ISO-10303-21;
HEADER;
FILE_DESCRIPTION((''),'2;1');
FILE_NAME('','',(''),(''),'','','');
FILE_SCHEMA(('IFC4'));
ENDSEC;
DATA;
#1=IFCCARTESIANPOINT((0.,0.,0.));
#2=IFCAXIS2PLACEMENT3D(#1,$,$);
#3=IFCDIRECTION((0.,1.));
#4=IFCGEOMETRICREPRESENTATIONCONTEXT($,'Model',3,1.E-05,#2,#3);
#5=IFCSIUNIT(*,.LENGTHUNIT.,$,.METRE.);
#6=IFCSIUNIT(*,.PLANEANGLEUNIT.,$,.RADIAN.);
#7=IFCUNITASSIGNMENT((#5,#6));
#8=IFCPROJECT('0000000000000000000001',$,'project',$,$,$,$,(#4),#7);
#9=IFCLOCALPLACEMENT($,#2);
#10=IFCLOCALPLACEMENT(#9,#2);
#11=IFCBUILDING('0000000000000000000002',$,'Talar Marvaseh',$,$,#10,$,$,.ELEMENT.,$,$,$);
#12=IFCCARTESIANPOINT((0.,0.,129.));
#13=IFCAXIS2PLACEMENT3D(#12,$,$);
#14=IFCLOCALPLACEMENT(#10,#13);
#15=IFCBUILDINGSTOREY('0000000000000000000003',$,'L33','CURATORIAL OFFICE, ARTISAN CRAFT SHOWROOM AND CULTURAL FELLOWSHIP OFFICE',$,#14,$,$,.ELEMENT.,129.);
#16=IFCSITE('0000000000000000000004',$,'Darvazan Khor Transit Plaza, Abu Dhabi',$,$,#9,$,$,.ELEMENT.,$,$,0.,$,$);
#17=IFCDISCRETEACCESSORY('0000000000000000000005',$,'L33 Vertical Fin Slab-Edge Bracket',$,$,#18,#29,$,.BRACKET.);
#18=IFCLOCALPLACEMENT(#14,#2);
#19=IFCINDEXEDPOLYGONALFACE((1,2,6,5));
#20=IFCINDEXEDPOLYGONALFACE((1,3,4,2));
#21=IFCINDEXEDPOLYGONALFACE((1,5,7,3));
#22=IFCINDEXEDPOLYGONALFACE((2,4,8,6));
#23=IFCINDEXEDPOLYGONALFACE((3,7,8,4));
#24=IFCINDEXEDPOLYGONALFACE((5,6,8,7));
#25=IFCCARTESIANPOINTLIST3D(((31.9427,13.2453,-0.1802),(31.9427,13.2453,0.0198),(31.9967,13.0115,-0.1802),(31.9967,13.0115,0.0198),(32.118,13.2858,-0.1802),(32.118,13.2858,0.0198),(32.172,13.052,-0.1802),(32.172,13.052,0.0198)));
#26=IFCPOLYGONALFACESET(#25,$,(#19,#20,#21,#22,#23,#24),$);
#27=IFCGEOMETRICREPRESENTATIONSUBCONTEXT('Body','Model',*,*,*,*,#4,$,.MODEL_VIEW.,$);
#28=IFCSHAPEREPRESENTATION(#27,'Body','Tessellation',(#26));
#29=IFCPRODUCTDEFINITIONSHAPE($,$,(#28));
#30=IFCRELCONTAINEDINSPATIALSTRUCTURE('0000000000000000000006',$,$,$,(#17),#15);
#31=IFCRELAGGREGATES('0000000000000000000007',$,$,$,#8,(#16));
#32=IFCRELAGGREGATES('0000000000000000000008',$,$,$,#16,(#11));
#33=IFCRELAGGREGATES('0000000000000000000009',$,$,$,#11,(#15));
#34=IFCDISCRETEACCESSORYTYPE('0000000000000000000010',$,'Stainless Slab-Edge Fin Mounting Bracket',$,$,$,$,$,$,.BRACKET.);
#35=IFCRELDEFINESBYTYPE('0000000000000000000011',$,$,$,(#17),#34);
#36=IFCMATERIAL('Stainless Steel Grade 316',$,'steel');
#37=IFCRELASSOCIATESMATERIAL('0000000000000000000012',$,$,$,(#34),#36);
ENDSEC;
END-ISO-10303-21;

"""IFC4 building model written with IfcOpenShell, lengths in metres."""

from ifc_helpers import new_model, si_unit, direction, frame, origin, origin_2d, place, context, subcontext, project, spatial, rectangle, extrude, source, transform, mapped, material, type_object, type_shapes, element, save


model = new_model("IFC4")

# Units and contexts
model_context = context("Model", 3, precision=1e-05, world=origin(), true_north=direction((0.0, 1.0)))
body_context = subcontext(model_context, "Body", "Model", "MODEL_VIEW")
ifc_project = project(units=[si_unit("LENGTHUNIT", "METRE"), si_unit("PLANEANGLEUNIT", "RADIAN")], contexts=[model_context])

# Site, building, storey
site_placement = place(None, origin())
site = spatial("IfcSite", under=ifc_project, at=site_placement, Name="Darvazan Khor Transit Plaza, Abu Dhabi", CompositionType="ELEMENT", RefElevation=0.0)
building_placement = place(site_placement, origin())
building = spatial("IfcBuilding", under=site, at=building_placement, Name="Talar Marvaseh", CompositionType="ELEMENT")
storey_placement = place(building_placement, frame((0.0, 0.0, 129.0)))
storey = spatial("IfcBuildingStorey", under=building, at=storey_placement, Name="L33", Description="CURATORIAL OFFICE, ARTISAN CRAFT SHOWROOM AND CULTURAL FELLOWSHIP OFFICE", CompositionType="ELEMENT", Elevation=129.0)

# Discrete accessory
ifc_material_1 = material(Name="Stainless Steel Grade 316", Category="steel")
discrete_accessory_type = type_object("IfcDiscreteAccessoryType", Name="Stainless Slab-Edge Fin Mounting Bracket", PredefinedType="BRACKET", material=ifc_material_1)
shared_shape_1 = source(origin(), body_context, "Body", "SweptSolid", [
    extrude(rectangle(XDim=0.24, YDim=0.1799, at=origin_2d()), origin(), (0.0, 0.0, 1.0), 0.2),
])
type_shapes(discrete_accessory_type, [shared_shape_1])
discrete_accessory_placement = place(storey_placement, frame((32.0574, 13.1487, -0.1802), z_axis=(0.0, 0.0, 1.0), x_axis=(0.225121, -0.974331, 0.0)))
element("IfcDiscreteAccessory", 1, at=discrete_accessory_placement, inside=storey, type_object=discrete_accessory_type, Name="L33 Vertical Fin Slab-Edge Bracket", PredefinedType="BRACKET", context=body_context, shape_type="MappedRepresentation", body=[
    mapped(shared_shape_1, transform((0.0, 0.0, 0.0), x_axis=(1.0, 0.0, 0.0), y_axis=(0.0, 1.0, 0.0), z_axis=(0.0, 0.0, 1.0), scale=1.0)),
])

save(model, "model.ifc")
